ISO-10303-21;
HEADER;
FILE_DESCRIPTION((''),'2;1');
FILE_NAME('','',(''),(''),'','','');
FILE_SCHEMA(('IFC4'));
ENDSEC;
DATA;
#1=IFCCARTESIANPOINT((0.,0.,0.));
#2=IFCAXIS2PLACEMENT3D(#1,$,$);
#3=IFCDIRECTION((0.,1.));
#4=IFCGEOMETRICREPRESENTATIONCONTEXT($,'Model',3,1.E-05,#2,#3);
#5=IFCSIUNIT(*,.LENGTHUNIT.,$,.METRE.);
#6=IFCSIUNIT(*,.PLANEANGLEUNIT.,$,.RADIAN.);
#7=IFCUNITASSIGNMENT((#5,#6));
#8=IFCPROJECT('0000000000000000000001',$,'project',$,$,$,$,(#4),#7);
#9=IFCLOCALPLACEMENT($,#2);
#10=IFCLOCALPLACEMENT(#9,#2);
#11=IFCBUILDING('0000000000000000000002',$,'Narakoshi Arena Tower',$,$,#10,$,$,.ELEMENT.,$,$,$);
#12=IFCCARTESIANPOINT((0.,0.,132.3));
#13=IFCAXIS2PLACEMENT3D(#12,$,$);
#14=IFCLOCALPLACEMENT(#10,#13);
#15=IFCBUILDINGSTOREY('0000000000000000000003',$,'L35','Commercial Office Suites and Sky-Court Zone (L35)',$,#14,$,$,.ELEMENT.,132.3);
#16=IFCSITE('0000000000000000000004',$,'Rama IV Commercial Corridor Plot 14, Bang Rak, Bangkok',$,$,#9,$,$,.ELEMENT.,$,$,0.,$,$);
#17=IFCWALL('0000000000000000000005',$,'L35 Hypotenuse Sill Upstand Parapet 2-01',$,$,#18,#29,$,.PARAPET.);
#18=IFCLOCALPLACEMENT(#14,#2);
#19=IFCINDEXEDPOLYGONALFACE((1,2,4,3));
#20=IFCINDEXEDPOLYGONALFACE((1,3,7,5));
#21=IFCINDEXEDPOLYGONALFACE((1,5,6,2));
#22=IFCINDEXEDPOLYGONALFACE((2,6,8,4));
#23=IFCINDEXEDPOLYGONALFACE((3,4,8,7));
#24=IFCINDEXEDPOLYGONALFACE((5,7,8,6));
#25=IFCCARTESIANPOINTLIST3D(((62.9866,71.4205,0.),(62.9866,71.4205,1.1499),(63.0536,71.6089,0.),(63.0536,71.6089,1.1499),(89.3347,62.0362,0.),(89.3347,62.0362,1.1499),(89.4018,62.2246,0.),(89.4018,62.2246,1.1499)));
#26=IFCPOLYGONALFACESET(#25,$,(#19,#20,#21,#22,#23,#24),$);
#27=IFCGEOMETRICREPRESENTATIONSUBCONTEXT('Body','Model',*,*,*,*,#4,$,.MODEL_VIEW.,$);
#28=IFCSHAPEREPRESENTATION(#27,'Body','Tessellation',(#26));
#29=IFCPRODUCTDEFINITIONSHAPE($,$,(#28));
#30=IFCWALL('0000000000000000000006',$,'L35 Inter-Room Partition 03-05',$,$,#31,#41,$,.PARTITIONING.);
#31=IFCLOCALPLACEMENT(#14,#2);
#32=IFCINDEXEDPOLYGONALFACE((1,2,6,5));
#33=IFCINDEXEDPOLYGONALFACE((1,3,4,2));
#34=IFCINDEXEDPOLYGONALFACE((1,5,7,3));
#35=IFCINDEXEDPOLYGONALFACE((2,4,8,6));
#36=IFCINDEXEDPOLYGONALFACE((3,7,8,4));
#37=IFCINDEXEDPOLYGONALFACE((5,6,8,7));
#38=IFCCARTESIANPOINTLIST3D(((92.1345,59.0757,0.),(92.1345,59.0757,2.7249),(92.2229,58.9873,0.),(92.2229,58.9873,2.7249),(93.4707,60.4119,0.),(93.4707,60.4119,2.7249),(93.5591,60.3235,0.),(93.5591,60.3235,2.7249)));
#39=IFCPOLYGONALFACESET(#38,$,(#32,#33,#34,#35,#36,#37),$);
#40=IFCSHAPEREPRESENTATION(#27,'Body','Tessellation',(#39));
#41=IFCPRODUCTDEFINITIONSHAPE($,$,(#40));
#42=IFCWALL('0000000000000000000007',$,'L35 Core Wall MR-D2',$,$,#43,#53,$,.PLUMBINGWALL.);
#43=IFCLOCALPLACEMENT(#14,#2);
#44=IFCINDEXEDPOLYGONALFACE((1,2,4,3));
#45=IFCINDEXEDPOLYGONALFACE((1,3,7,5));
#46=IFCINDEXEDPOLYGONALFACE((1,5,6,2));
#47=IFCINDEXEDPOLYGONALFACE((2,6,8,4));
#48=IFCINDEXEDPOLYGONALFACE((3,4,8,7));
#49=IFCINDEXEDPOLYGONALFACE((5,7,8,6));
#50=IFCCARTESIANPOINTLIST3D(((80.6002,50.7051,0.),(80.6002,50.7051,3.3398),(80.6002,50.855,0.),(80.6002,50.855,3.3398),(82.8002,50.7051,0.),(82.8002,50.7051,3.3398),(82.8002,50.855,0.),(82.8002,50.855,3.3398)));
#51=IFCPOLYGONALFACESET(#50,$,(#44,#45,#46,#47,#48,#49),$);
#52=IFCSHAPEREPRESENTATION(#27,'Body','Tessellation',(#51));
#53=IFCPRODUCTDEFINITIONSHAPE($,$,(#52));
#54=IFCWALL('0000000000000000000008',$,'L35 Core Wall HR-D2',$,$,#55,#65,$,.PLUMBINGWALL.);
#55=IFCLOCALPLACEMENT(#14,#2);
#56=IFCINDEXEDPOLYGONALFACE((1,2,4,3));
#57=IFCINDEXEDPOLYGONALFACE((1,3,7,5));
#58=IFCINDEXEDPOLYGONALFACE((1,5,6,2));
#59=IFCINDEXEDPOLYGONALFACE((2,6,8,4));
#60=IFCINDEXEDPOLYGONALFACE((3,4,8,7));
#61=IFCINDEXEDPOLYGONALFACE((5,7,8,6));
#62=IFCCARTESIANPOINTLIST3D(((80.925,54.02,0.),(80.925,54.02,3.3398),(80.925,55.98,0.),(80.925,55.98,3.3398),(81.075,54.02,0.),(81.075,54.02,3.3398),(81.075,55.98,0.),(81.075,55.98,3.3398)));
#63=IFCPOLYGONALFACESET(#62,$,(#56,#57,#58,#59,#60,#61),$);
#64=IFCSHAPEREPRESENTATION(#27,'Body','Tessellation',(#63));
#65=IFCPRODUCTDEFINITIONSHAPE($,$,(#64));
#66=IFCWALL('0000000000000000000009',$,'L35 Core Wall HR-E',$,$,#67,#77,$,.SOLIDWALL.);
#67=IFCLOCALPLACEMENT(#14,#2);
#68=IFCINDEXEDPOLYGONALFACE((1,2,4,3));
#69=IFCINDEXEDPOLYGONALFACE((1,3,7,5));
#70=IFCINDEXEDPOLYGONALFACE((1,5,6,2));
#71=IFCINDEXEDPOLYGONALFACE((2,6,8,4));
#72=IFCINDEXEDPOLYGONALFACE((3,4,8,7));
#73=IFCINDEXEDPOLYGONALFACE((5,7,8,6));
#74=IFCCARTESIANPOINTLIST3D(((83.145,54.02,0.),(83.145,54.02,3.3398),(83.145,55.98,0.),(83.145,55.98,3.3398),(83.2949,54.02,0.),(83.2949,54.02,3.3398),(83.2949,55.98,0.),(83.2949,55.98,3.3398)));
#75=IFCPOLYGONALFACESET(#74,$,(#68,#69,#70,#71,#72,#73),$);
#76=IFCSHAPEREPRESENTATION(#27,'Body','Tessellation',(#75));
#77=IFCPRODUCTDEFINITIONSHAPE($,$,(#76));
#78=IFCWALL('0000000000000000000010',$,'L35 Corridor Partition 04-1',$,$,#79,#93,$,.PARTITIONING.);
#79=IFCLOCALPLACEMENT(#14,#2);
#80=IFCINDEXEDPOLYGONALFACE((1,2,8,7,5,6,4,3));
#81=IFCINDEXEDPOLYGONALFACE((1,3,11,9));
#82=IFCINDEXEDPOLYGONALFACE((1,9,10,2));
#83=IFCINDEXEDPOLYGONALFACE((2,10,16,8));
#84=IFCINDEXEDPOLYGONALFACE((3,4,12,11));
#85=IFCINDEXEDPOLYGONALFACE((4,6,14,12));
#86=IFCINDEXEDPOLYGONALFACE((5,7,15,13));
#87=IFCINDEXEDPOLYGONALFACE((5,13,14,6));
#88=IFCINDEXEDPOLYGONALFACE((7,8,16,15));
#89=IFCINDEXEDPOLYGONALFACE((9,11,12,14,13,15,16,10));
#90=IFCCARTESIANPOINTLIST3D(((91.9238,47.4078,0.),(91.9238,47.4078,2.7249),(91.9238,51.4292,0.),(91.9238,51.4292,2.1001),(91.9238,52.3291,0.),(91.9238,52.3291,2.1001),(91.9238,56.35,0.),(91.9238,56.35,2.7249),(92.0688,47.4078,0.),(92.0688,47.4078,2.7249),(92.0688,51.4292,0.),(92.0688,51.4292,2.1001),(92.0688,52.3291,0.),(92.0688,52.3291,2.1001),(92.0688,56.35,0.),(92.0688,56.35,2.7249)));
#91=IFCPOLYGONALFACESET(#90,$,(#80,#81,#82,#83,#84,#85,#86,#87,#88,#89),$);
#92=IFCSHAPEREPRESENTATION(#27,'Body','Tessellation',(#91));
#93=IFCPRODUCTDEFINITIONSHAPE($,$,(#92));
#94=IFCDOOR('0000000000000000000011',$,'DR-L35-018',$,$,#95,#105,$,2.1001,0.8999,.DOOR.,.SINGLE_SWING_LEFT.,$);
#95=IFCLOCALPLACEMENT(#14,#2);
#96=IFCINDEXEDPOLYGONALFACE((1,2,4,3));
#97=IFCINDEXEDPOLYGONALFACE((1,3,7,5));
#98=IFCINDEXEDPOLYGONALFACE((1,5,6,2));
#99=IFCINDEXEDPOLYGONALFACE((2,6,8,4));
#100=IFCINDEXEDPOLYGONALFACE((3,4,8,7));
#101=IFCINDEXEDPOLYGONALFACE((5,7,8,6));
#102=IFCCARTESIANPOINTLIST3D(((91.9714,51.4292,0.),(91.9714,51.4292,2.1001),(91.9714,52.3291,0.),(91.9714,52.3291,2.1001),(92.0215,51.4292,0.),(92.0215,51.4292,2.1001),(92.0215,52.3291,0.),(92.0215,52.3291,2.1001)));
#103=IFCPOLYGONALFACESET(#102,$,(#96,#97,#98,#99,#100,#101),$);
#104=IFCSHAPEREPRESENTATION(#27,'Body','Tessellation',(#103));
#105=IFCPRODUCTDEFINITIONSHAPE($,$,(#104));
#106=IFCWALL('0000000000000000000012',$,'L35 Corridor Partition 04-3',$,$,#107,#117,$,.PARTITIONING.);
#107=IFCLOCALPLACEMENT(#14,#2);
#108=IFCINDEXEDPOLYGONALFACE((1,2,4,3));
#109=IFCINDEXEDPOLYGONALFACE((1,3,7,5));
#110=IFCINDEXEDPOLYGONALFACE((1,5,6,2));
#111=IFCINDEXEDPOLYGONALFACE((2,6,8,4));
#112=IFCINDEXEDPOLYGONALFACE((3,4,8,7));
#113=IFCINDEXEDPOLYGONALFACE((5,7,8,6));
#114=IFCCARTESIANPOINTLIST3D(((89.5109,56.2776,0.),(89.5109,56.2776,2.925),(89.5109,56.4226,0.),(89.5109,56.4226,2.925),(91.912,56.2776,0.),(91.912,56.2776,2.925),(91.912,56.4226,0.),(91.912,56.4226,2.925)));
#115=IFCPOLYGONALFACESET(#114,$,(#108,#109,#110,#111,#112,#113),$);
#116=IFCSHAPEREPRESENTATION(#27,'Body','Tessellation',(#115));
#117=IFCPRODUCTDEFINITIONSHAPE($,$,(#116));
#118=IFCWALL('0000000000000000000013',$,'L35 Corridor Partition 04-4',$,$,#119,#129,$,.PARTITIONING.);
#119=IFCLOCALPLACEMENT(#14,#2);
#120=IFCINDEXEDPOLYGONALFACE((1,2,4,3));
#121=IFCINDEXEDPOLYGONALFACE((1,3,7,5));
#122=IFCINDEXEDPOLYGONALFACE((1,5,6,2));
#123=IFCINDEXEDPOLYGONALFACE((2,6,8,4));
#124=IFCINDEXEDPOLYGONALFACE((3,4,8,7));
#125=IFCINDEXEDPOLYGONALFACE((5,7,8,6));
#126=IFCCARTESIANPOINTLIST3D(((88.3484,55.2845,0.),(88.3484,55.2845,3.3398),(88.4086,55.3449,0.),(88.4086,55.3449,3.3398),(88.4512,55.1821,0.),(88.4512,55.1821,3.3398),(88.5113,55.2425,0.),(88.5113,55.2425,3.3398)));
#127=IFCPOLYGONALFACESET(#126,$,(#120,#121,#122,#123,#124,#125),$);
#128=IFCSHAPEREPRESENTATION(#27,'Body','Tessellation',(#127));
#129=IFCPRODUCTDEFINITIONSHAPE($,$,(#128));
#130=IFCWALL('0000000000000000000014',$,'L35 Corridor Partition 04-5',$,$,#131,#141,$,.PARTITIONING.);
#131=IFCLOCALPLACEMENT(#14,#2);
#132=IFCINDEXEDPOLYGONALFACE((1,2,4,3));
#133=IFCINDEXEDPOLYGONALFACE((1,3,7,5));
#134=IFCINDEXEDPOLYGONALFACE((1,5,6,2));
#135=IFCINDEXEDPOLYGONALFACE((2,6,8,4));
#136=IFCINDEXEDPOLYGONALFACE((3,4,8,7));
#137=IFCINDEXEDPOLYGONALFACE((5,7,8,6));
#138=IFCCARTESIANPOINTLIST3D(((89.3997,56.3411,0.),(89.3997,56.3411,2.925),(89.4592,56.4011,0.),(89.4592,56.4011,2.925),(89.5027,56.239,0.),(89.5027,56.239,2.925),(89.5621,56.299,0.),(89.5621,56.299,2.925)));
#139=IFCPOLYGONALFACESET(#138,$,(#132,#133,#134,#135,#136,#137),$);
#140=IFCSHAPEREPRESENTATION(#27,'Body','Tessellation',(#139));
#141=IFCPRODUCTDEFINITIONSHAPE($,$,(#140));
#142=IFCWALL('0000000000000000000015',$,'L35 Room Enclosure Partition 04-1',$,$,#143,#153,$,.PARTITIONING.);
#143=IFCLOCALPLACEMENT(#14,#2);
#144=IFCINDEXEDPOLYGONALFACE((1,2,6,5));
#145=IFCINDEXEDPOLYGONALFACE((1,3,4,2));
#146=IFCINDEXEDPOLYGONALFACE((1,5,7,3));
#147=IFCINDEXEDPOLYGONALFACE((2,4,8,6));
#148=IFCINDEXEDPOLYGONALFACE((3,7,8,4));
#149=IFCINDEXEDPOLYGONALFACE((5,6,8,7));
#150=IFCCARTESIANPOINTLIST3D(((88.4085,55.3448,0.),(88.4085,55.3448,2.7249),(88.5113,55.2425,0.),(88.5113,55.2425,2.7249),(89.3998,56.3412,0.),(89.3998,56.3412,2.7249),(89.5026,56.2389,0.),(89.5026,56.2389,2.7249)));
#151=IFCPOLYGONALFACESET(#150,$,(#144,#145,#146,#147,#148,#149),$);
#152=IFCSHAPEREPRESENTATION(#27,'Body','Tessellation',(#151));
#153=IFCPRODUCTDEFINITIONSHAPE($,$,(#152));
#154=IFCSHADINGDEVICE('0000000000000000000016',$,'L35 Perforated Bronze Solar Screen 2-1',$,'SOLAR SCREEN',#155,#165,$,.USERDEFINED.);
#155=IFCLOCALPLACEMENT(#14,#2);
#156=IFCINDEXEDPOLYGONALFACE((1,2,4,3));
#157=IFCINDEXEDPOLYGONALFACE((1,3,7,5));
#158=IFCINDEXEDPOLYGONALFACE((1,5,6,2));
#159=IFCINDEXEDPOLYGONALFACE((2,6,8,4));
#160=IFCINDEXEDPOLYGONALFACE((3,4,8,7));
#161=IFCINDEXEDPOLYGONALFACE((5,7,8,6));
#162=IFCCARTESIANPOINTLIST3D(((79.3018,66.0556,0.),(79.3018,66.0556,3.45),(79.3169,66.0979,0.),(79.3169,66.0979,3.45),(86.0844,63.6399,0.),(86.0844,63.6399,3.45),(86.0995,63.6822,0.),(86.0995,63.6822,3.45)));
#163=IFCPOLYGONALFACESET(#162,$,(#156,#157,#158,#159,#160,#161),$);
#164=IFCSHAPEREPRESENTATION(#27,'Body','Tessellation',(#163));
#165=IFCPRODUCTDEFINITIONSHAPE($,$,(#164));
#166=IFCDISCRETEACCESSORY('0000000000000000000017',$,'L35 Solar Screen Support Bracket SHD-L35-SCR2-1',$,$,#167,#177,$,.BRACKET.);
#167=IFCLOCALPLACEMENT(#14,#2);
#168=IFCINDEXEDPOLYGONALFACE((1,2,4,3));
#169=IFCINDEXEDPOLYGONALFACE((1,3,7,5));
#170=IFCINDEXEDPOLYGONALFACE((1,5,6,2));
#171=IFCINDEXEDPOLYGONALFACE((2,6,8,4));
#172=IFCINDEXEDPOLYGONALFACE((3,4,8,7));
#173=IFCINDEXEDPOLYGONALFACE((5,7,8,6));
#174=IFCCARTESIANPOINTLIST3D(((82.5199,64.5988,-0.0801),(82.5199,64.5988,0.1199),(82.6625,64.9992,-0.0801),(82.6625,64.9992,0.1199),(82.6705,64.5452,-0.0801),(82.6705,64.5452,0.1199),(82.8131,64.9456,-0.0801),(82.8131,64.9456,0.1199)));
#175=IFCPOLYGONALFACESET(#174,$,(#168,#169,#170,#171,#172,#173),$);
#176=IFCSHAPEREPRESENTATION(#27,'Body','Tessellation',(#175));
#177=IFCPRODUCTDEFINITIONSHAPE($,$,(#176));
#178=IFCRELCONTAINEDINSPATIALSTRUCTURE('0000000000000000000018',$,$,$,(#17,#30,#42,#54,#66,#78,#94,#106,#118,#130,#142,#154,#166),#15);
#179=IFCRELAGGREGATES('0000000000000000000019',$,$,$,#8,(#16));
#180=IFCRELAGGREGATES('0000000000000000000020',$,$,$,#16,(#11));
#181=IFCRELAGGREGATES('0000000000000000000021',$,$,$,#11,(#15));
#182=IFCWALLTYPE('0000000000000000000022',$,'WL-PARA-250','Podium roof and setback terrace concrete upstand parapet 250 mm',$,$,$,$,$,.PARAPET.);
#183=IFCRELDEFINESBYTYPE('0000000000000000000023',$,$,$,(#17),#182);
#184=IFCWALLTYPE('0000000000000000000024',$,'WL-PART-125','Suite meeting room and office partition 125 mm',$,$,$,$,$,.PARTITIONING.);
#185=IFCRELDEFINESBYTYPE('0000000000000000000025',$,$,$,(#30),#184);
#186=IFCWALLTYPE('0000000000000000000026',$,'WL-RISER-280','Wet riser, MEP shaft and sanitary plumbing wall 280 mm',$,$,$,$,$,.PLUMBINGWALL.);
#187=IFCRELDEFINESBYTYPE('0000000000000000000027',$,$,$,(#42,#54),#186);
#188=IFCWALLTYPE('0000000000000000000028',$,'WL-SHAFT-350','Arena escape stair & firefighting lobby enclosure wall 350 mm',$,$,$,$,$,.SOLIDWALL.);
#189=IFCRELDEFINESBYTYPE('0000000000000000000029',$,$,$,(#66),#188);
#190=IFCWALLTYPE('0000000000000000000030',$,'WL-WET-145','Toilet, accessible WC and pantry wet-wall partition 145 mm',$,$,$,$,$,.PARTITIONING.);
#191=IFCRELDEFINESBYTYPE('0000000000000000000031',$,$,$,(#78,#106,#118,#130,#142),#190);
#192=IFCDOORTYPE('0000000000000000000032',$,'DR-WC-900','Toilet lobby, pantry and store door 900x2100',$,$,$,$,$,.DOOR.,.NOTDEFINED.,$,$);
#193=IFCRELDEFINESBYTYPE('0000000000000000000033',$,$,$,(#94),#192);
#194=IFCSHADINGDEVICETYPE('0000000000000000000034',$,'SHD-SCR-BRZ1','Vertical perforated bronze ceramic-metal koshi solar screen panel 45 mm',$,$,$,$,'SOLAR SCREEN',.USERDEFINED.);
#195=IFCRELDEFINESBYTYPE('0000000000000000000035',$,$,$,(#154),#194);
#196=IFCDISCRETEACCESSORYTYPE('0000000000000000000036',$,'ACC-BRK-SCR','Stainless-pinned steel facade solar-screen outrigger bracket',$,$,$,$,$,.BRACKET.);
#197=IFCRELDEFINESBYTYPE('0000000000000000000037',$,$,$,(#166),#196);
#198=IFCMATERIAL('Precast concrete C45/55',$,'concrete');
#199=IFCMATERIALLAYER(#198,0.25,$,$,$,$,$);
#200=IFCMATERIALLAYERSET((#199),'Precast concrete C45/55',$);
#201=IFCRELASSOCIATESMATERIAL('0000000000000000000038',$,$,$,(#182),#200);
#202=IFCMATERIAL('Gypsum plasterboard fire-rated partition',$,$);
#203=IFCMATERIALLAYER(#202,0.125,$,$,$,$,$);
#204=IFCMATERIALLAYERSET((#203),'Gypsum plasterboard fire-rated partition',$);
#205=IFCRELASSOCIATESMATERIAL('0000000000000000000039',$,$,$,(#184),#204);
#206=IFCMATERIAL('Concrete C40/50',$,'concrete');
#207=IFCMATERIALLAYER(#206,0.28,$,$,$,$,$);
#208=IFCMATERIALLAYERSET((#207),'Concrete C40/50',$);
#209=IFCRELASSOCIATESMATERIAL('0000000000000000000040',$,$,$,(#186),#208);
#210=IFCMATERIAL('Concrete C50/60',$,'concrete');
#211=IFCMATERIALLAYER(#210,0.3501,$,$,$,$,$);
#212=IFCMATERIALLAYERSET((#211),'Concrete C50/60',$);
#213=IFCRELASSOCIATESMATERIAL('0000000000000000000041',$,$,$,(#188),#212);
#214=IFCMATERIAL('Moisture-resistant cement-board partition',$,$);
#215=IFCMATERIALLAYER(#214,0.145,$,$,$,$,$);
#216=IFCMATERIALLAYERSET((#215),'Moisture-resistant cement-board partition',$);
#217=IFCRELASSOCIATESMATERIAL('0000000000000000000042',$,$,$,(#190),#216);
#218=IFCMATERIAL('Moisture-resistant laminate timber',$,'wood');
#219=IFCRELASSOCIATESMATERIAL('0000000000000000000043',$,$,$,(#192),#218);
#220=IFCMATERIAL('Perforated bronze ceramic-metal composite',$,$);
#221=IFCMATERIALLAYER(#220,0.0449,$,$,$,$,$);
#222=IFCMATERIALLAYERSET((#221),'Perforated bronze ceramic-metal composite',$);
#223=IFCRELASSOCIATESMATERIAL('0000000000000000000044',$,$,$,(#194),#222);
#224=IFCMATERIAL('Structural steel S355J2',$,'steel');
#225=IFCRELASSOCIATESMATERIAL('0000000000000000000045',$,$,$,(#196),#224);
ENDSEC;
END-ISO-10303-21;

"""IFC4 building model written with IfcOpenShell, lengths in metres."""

from ifc_helpers import new_model, si_unit, direction, frame, frame_2d, origin, origin_2d, place, context, subcontext, project, spatial, rectangle, extrude, material, layer, layer_set, type_object, element, fill, save


model = new_model("IFC4")

# Units and contexts
model_context = context("Model", 3, precision=1e-05, world=origin(), true_north=direction((0.0, 1.0)))
body_context = subcontext(model_context, "Body", "Model", "MODEL_VIEW")
ifc_project = project(units=[si_unit("LENGTHUNIT", "METRE"), si_unit("PLANEANGLEUNIT", "RADIAN")], contexts=[model_context])

# Site, building, storey
site_placement = place(None, origin())
site = spatial("IfcSite", under=ifc_project, at=site_placement, Name="Rama IV Commercial Corridor Plot 14, Bang Rak, Bangkok", CompositionType="ELEMENT", RefElevation=0.0)
building_placement = place(site_placement, origin())
building = spatial("IfcBuilding", under=site, at=building_placement, Name="Narakoshi Arena Tower", CompositionType="ELEMENT")
storey_placement = place(building_placement, frame((0.0, 0.0, 132.3)))
storey = spatial("IfcBuildingStorey", under=building, at=storey_placement, Name="L35", Description="Commercial Office Suites and Sky-Court Zone (L35)", CompositionType="ELEMENT", Elevation=132.3)

# Shared definitions
ifc_material_1 = material(Name="Structural steel S355J2", Category="steel")

# Shared definitions
ifc_material_2 = material(Name="Gypsum plasterboard fire-rated partition")

# Walls
ifc_material_3 = material(Name="Precast concrete C45/55", Category="concrete")
ifc_layer_1 = layer(ifc_material_3, 0.25)
ifc_layer_set_1 = layer_set([ifc_layer_1], Name="Precast concrete C45/55")
wall_type_1 = type_object("IfcWallType", Name="WL-PARA-250", Description="Podium roof and setback terrace concrete upstand parapet 250 mm", PredefinedType="PARAPET", material=ifc_layer_set_1)
wall_1_placement = place(storey_placement, frame((89.3684, 62.1304, 0.0), z_axis=(0.0, 0.0, 1.0), x_axis=(-0.942033, 0.335519, 0.0)))
element("IfcWall", 1, at=wall_1_placement, inside=storey, type_object=wall_type_1, Name="L35 Hypotenuse Sill Upstand Parapet 2-01", PredefinedType="PARAPET", context=body_context, shape_type="SweptSolid", body=[
    extrude(rectangle(XDim=27.9695, YDim=0.2, at=frame_2d((13.9849, 0.0))), origin(), (0.0, 0.0, 1.0), 1.1499),
])
ifc_layer_2 = layer(ifc_material_2, 0.125)
ifc_layer_set_2 = layer_set([ifc_layer_2], Name="Gypsum plasterboard fire-rated partition")
wall_type_2 = type_object("IfcWallType", Name="WL-PART-125", Description="Suite meeting room and office partition 125 mm", PredefinedType="PARTITIONING", material=ifc_layer_set_2)
wall_2_placement = place(storey_placement, frame((92.1787, 59.0315, 0.0), z_axis=(0.0, 0.0, 1.0), x_axis=(0.707107, 0.707107, 0.0)))
element("IfcWall", 2, at=wall_2_placement, inside=storey, type_object=wall_type_2, Name="L35 Inter-Room Partition 03-05", PredefinedType="PARTITIONING", context=body_context, shape_type="SweptSolid", body=[
    extrude(rectangle(XDim=1.8896, YDim=0.125, at=frame_2d((0.9448, 0.0))), origin(), (0.0, 0.0, 1.0), 2.7249),
])
ifc_material_4 = material(Name="Concrete C40/50", Category="concrete")
ifc_layer_3 = layer(ifc_material_4, 0.28)
ifc_layer_set_3 = layer_set([ifc_layer_3], Name="Concrete C40/50")
wall_type_3 = type_object("IfcWallType", Name="WL-RISER-280", Description="Wet riser, MEP shaft and sanitary plumbing wall 280 mm", PredefinedType="PLUMBINGWALL", material=ifc_layer_set_3)
wall_3_placement = place(storey_placement, frame((80.6001, 50.78, 0.0), z_axis=(0.0, 0.0, 1.0), x_axis=(1.0, 0.0, 0.0)))
element("IfcWall", 3, at=wall_3_placement, inside=storey, type_object=wall_type_3, Name="L35 Core Wall MR-D2", PredefinedType="PLUMBINGWALL", context=body_context, shape_type="SweptSolid", body=[
    extrude(rectangle(XDim=2.2, YDim=0.1499, at=frame_2d((1.1001, 0.0))), origin(), (0.0, 0.0, 1.0), 3.3398),
])
wall_4_placement = place(storey_placement, frame((81.0, 54.02, 0.0), z_axis=(0.0, 0.0, 1.0), x_axis=(0.0, 1.0, 0.0)))
element("IfcWall", 4, at=wall_4_placement, inside=storey, type_object=wall_type_3, Name="L35 Core Wall HR-D2", PredefinedType="PLUMBINGWALL", context=body_context, shape_type="SweptSolid", body=[
    extrude(rectangle(XDim=1.96, YDim=0.1499, at=frame_2d((0.98, 0.0))), origin(), (0.0, 0.0, 1.0), 3.3398),
])
ifc_material_5 = material(Name="Concrete C50/60", Category="concrete")
ifc_layer_4 = layer(ifc_material_5, 0.3501)
ifc_layer_set_4 = layer_set([ifc_layer_4], Name="Concrete C50/60")
wall_type_4 = type_object("IfcWallType", Name="WL-SHAFT-350", Description="Arena escape stair & firefighting lobby enclosure wall 350 mm", PredefinedType="SOLIDWALL", material=ifc_layer_set_4)
wall_5_placement = place(storey_placement, frame((83.22, 54.02, 0.0), z_axis=(0.0, 0.0, 1.0), x_axis=(0.0, 1.0, 0.0)))
element("IfcWall", 5, at=wall_5_placement, inside=storey, type_object=wall_type_4, Name="L35 Core Wall HR-E", PredefinedType="SOLIDWALL", context=body_context, shape_type="SweptSolid", body=[
    extrude(rectangle(XDim=1.96, YDim=0.1499, at=frame_2d((0.98, 0.0))), origin(), (0.0, 0.0, 1.0), 3.3398),
])

# Wall, opening, door
ifc_material_6 = material(Name="Moisture-resistant cement-board partition")
ifc_layer_5 = layer(ifc_material_6, 0.145)
ifc_layer_set_5 = layer_set([ifc_layer_5], Name="Moisture-resistant cement-board partition")
wall_type_5 = type_object("IfcWallType", Name="WL-WET-145", Description="Toilet, accessible WC and pantry wet-wall partition 145 mm", PredefinedType="PARTITIONING", material=ifc_layer_set_5)
wall_6_placement = place(storey_placement, frame((91.9963, 56.3501, 0.0), z_axis=(0.0, 0.0, 1.0), x_axis=(0.0, -1.0, 0.0)))
wall_6 = element("IfcWall", 6, at=wall_6_placement, inside=storey, type_object=wall_type_5, Name="L35 Corridor Partition 04-1", PredefinedType="PARTITIONING", context=body_context, shape_type="SweptSolid", body=[
    extrude(rectangle(XDim=8.9421, YDim=0.145, at=frame_2d((4.4712, 0.0))), origin(), (0.0, 0.0, 1.0), 2.7249),
])
opening_1_placement = place(wall_6_placement, frame((4.021, 0.0, 0.0)))
opening_1 = element("IfcOpeningElement", 7, at=opening_1_placement, cuts=wall_6, PredefinedType="OPENING", context=body_context, shape_type="SweptSolid", body=[
    extrude(rectangle(XDim=0.8999, YDim=2.1001, at=frame_2d((0.45, 1.05))), frame((0.0, 0.0825, 0.0), z_axis=(0.0, -1.0, 0.0), x_axis=(1.0, 0.0, 0.0)), (0.0, 0.0, 1.0), 0.165),
])
ifc_material_7 = material(Name="Moisture-resistant laminate timber", Category="wood")
door_type_1 = type_object("IfcDoorType", Name="DR-WC-900", Description="Toilet lobby, pantry and store door 900x2100", OperationType="NOTDEFINED", PredefinedType="DOOR", material=ifc_material_7)
door_1_placement = place(opening_1_placement, frame((0.8999, 0.0, 0.0), z_axis=(0.0, 0.0, 1.0), x_axis=(-1.0, 0.0, 0.0)))
door_1 = element("IfcDoor", 8, at=door_1_placement, inside=storey, type_object=door_type_1, Name="DR-L35-018", OperationType="SINGLE_SWING_LEFT", OverallHeight=2.1001, OverallWidth=0.8999, PredefinedType="DOOR", context=body_context, shape_type="SweptSolid", body=[
    extrude(rectangle(XDim=0.8999, YDim=2.1001, at=frame_2d((0.45, 1.05))), frame((0.0, 0.0249, 0.0), z_axis=(0.0, -1.0, 0.0), x_axis=(1.0, 0.0, 0.0)), (0.0, 0.0, 1.0), 0.05),
])
fill(opening_1, door_1)

# Walls
wall_7_placement = place(storey_placement, frame((89.5107, 56.3501, 0.0), z_axis=(0.0, 0.0, 1.0), x_axis=(1.0, 0.0, 0.0)))
element("IfcWall", 9, at=wall_7_placement, inside=storey, type_object=wall_type_5, Name="L35 Corridor Partition 04-3", PredefinedType="PARTITIONING", context=body_context, shape_type="SweptSolid", body=[
    extrude(rectangle(XDim=2.4011, YDim=0.145, at=frame_2d((1.2007, 0.0))), origin(), (0.0, 0.0, 1.0), 2.925),
])
wall_8_placement = place(storey_placement, frame((88.3999, 55.2334, 0.0), z_axis=(0.0, 0.0, 1.0), x_axis=(0.705671, 0.70854, 0.0)))
element("IfcWall", 10, at=wall_8_placement, inside=storey, type_object=wall_type_5, Name="L35 Corridor Partition 04-4", PredefinedType="PARTITIONING", context=body_context, shape_type="SweptSolid", body=[
    extrude(rectangle(XDim=0.0852, YDim=0.145, at=frame_2d((0.0425, 0.0))), origin(), (0.0, 0.0, 1.0), 3.3398),
])
wall_9_placement = place(storey_placement, frame((89.4512, 56.29, 0.0), z_axis=(0.0, 0.0, 1.0), x_axis=(0.704215, 0.709987, 0.0)))
element("IfcWall", 11, at=wall_9_placement, inside=storey, type_object=wall_type_5, Name="L35 Corridor Partition 04-5", PredefinedType="PARTITIONING", context=body_context, shape_type="SweptSolid", body=[
    extrude(rectangle(XDim=0.0845, YDim=0.145, at=frame_2d((0.0422, 0.0))), origin(), (0.0, 0.0, 1.0), 2.925),
])
wall_10_placement = place(storey_placement, frame((88.46, 55.2937, 0.0), z_axis=(0.0, 0.0, 1.0), x_axis=(0.70528, 0.708928, 0.0)))
element("IfcWall", 12, at=wall_10_placement, inside=storey, type_object=wall_type_5, Name="L35 Room Enclosure Partition 04-1", PredefinedType="PARTITIONING", context=body_context, shape_type="SweptSolid", body=[
    extrude(rectangle(XDim=1.4055, YDim=0.145, at=frame_2d((0.7026, 0.0))), origin(), (0.0, 0.0, 1.0), 2.7249),
])

# Shading device
ifc_material_8 = material(Name="Perforated bronze ceramic-metal composite")
ifc_layer_6 = layer(ifc_material_8, 0.0449)
ifc_layer_set_6 = layer_set([ifc_layer_6], Name="Perforated bronze ceramic-metal composite")
shading_device_type = type_object("IfcShadingDeviceType", Name="SHD-SCR-BRZ1", Description="Vertical perforated bronze ceramic-metal koshi solar screen panel 45 mm", ElementType="SOLAR SCREEN", PredefinedType="USERDEFINED", material=ifc_layer_set_6)
shading_device_placement = place(storey_placement, frame((82.7007, 64.8689, 0.0), z_axis=(0.0, 0.0, 1.0), x_axis=(-0.942034, 0.335517, 0.0)))
element("IfcShadingDevice", 13, at=shading_device_placement, inside=storey, type_object=shading_device_type, Name="L35 Perforated Bronze Solar Screen 2-1", ObjectType="SOLAR SCREEN", PredefinedType="USERDEFINED", context=body_context, shape_type="SweptSolid", body=[
    extrude(rectangle(XDim=7.2, YDim=0.0449, at=origin_2d()), origin(), (0.0, 0.0, 1.0), 3.45),
])

# Discrete accessory
discrete_accessory_type = type_object("IfcDiscreteAccessoryType", Name="ACC-BRK-SCR", Description="Stainless-pinned steel facade solar-screen outrigger bracket", PredefinedType="BRACKET", material=ifc_material_1)
discrete_accessory_placement = place(storey_placement, frame((82.6665, 64.7722, -0.0801), z_axis=(0.0, 0.0, 1.0), x_axis=(-0.942034, 0.335517, 0.0)))
element("IfcDiscreteAccessory", 14, at=discrete_accessory_placement, inside=storey, type_object=discrete_accessory_type, Name="L35 Solar Screen Support Bracket SHD-L35-SCR2-1", PredefinedType="BRACKET", context=body_context, shape_type="SweptSolid", body=[
    extrude(rectangle(XDim=0.1599, YDim=0.425, at=origin_2d()), origin(), (0.0, 0.0, 1.0), 0.2),
])

save(model, "model.ifc")
